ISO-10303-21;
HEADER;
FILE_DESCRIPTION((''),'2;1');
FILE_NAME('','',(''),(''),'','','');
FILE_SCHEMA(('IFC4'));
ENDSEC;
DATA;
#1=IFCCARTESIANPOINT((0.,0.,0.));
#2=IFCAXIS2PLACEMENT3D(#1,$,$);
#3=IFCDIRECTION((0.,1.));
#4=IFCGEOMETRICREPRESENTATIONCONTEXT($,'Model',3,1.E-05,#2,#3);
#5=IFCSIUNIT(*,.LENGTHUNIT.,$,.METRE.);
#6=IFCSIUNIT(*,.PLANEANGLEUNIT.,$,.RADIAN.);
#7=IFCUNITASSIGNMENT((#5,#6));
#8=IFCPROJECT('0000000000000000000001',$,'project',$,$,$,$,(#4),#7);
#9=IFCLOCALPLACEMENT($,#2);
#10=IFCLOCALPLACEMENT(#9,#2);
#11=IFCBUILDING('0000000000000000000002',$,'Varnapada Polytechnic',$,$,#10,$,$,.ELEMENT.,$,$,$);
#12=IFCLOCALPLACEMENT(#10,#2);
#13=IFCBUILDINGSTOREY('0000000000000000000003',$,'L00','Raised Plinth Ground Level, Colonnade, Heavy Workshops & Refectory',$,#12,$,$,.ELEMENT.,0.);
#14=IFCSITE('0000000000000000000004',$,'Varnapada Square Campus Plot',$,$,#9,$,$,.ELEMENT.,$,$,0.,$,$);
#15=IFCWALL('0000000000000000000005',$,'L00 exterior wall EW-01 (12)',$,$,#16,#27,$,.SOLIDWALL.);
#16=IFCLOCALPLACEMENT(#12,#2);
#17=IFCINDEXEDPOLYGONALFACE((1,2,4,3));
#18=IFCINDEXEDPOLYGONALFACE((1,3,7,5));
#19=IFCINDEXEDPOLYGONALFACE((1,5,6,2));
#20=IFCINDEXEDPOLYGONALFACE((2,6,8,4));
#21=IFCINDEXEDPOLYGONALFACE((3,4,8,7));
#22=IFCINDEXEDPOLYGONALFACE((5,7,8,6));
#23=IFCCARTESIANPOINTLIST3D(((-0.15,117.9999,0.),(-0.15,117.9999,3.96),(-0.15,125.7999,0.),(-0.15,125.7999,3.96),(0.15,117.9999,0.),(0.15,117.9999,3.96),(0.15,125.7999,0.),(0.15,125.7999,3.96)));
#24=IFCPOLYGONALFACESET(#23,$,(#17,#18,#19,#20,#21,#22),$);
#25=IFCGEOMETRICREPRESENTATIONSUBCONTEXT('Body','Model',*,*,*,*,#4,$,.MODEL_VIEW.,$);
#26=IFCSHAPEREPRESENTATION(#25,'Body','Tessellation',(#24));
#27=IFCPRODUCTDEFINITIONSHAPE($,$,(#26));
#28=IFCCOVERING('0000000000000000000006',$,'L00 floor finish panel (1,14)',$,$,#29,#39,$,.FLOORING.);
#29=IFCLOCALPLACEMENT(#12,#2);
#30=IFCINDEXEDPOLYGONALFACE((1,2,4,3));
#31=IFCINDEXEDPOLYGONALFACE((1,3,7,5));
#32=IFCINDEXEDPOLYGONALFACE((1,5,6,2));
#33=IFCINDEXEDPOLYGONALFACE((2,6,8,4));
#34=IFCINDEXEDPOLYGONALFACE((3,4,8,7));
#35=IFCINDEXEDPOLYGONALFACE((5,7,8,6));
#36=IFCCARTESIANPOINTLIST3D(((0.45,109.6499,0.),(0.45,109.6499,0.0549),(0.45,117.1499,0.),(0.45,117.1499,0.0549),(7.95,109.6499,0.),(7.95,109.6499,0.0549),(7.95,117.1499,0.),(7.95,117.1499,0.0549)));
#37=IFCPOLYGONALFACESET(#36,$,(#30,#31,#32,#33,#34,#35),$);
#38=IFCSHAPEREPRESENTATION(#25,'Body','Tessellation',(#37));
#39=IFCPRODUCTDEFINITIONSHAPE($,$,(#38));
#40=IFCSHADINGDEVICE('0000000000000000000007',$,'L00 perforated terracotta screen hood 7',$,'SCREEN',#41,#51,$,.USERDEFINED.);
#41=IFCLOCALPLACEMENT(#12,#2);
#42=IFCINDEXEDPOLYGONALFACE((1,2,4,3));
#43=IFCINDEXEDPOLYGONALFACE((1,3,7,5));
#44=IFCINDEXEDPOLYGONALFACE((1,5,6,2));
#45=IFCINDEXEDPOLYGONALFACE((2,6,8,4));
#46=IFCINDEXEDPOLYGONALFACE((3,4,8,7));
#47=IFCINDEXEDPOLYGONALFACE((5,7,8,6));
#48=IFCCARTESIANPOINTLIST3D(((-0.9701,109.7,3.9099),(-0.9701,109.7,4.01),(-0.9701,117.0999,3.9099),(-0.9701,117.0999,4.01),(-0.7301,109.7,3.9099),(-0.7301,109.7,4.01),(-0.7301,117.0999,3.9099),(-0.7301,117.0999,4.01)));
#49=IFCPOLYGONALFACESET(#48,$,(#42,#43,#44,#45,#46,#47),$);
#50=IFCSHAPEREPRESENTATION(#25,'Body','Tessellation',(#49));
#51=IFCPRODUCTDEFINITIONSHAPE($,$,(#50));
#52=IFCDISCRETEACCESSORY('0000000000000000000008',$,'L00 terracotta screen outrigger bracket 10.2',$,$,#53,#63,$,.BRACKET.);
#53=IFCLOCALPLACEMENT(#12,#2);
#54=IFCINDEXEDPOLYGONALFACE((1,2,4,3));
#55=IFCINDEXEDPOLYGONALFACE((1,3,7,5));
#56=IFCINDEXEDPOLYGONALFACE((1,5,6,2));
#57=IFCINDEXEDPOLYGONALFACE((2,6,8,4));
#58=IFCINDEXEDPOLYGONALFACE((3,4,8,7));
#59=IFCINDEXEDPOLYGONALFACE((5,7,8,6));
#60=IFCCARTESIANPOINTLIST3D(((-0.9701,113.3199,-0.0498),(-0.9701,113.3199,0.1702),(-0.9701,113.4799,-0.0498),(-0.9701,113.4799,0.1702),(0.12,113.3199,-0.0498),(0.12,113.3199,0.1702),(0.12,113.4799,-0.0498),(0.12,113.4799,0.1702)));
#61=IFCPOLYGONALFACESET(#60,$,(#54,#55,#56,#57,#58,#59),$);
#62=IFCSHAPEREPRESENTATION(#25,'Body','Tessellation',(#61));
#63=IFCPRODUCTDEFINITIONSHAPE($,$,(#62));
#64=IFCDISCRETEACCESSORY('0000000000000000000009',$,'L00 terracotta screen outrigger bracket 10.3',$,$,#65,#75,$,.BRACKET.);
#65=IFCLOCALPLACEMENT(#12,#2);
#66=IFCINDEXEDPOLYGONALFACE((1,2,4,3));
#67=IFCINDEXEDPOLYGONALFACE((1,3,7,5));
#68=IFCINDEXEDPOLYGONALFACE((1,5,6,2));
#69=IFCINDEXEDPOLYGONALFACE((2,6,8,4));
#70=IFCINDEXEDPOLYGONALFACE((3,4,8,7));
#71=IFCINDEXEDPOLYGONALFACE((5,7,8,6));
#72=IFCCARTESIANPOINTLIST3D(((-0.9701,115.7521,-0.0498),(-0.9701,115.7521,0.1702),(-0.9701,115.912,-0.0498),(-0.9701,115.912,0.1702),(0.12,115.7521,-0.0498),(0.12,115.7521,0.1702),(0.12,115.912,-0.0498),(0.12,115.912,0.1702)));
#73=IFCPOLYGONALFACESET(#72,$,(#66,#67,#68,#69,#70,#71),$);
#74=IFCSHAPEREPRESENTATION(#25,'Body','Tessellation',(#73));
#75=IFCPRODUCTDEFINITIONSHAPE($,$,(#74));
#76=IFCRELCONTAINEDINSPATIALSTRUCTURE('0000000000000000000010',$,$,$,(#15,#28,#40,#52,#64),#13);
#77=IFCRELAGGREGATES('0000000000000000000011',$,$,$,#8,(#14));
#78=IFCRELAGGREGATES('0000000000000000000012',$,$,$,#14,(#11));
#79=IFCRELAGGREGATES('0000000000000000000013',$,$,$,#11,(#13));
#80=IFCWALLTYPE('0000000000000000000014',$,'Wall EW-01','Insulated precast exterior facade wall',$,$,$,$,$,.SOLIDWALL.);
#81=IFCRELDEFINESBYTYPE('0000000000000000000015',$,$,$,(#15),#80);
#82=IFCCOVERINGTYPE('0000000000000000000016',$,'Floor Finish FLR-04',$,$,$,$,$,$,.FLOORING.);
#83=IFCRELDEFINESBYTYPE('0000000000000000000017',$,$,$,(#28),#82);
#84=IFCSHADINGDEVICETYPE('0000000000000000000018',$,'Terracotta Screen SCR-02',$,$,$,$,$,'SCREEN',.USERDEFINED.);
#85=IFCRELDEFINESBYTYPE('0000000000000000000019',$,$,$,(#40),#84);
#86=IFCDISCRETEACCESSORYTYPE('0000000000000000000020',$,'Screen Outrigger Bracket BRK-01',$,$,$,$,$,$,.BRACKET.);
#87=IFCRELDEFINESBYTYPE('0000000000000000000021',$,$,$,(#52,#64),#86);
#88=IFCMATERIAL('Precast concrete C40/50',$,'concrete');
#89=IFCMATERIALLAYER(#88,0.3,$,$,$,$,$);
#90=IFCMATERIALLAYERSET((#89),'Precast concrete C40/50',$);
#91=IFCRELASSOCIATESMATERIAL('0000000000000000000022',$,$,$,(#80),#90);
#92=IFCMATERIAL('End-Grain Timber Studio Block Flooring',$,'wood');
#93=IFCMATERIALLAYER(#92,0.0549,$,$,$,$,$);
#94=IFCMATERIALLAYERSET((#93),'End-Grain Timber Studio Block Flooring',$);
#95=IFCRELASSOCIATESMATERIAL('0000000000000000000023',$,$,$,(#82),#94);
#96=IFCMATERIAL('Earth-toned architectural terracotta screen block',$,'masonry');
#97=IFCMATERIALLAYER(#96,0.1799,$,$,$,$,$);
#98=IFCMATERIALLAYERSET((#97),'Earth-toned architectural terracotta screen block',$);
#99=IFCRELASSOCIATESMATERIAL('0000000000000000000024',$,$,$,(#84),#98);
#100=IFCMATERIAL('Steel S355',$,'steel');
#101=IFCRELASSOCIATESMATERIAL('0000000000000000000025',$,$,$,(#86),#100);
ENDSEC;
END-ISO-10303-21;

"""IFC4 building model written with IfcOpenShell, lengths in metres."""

from ifc_helpers import new_model, si_unit, direction, frame, frame_2d, origin, origin_2d, place, context, subcontext, project, spatial, rectangle, extrude, material, layer, layer_set, type_object, element, save


model = new_model("IFC4")

# Units and contexts
model_context = context("Model", 3, precision=1e-05, world=origin(), true_north=direction((0.0, 1.0)))
body_context = subcontext(model_context, "Body", "Model", "MODEL_VIEW")
ifc_project = project(units=[si_unit("LENGTHUNIT", "METRE"), si_unit("PLANEANGLEUNIT", "RADIAN")], contexts=[model_context])

# Site, building, storey
site_placement = place(None, origin())
site = spatial("IfcSite", under=ifc_project, at=site_placement, Name="Varnapada Square Campus Plot", CompositionType="ELEMENT", RefElevation=0.0)
building_placement = place(site_placement, origin())
building = spatial("IfcBuilding", under=site, at=building_placement, Name="Varnapada Polytechnic", CompositionType="ELEMENT")
storey_placement = place(building_placement, origin())
storey = spatial("IfcBuildingStorey", under=building, at=storey_placement, Name="L00", Description="Raised Plinth Ground Level, Colonnade, Heavy Workshops & Refectory", CompositionType="ELEMENT", Elevation=0.0)

# Shared definitions
ifc_material_1 = material(Name="Steel S355", Category="steel")

# Wall
ifc_material_2 = material(Name="Precast concrete C40/50", Category="concrete")
ifc_layer_1 = layer(ifc_material_2, 0.3)
ifc_layer_set_1 = layer_set([ifc_layer_1], Name="Precast concrete C40/50")
wall_type_1 = type_object("IfcWallType", Name="Wall EW-01", Description="Insulated precast exterior facade wall", PredefinedType="SOLIDWALL", material=ifc_layer_set_1)
wall_1_placement = place(storey_placement, frame((0.0, 118.0, 0.0), z_axis=(0.0, 0.0, 1.0), x_axis=(0.0, 1.0, 0.0)))
element("IfcWall", 1, at=wall_1_placement, inside=storey, type_object=wall_type_1, Name="L00 exterior wall EW-01 (12)", PredefinedType="SOLIDWALL", context=body_context, shape_type="SweptSolid", body=[
    extrude(rectangle(XDim=7.8, YDim=0.3, at=frame_2d((3.8999, 0.0))), origin(), (0.0, 0.0, 1.0), 3.96),
])

# Covering
ifc_material_3 = material(Name="End-Grain Timber Studio Block Flooring", Category="wood")
ifc_layer_2 = layer(ifc_material_3, 0.0549)
ifc_layer_set_2 = layer_set([ifc_layer_2], Name="End-Grain Timber Studio Block Flooring")
covering_type = type_object("IfcCoveringType", Name="Floor Finish FLR-04", PredefinedType="FLOORING", material=ifc_layer_set_2)
covering_placement = place(storey_placement, frame((4.2, 113.3999, 0.0), z_axis=(0.0, 0.0, 1.0), x_axis=(1.0, 0.0, 0.0)))
element("IfcCovering", 2, at=covering_placement, inside=storey, type_object=covering_type, Name="L00 floor finish panel (1,14)", PredefinedType="FLOORING", context=body_context, shape_type="SweptSolid", body=[
    extrude(rectangle(XDim=7.5, YDim=7.5, at=origin_2d()), origin(), (0.0, 0.0, 1.0), 0.0549),
])

# Shading device
ifc_material_4 = material(Name="Earth-toned architectural terracotta screen block", Category="masonry")
ifc_layer_3 = layer(ifc_material_4, 0.1799)
ifc_layer_set_3 = layer_set([ifc_layer_3], Name="Earth-toned architectural terracotta screen block")
shading_device_type = type_object("IfcShadingDeviceType", Name="Terracotta Screen SCR-02", ElementType="SCREEN", PredefinedType="USERDEFINED", material=ifc_layer_set_3)
shading_device_placement = place(storey_placement, frame((-0.8501, 113.3999, 3.9099), z_axis=(0.0, 0.0, 1.0), x_axis=(0.0, 1.0, 0.0)))
element("IfcShadingDevice", 3, at=shading_device_placement, inside=storey, type_object=shading_device_type, Name="L00 perforated terracotta screen hood 7", ObjectType="SCREEN", PredefinedType="USERDEFINED", context=body_context, shape_type="SweptSolid", body=[
    extrude(rectangle(XDim=7.3999, YDim=0.24, at=origin_2d()), origin(), (0.0, 0.0, 1.0), 0.1001),
])

# Discrete accessories
discrete_accessory_type = type_object("IfcDiscreteAccessoryType", Name="Screen Outrigger Bracket BRK-01", PredefinedType="BRACKET", material=ifc_material_1)
for number, where, z_axis, x_axis, name in (
    (4, (-0.425, 113.3999, -0.0498), (0.0, 0.0, 1.0), (0.0, 1.0, 0.0), "L00 terracotta screen outrigger bracket 10.2"),
    (5, (-0.425, 115.832, -0.0498), (0.0, 0.0, 1.0), (0.0, 1.0, 0.0), "L00 terracotta screen outrigger bracket 10.3"),
):
    element("IfcDiscreteAccessory", number, at=place(storey_placement, frame(where, z_axis=z_axis, x_axis=x_axis)), inside=storey, type_object=discrete_accessory_type, Name=name, PredefinedType="BRACKET", context=body_context, shape_type="SweptSolid", body=[
        extrude(rectangle(XDim=0.1599, YDim=1.0901, at=origin_2d()), origin(), (0.0, 0.0, 1.0), 0.22),
    ])

save(model, "model.ifc")
